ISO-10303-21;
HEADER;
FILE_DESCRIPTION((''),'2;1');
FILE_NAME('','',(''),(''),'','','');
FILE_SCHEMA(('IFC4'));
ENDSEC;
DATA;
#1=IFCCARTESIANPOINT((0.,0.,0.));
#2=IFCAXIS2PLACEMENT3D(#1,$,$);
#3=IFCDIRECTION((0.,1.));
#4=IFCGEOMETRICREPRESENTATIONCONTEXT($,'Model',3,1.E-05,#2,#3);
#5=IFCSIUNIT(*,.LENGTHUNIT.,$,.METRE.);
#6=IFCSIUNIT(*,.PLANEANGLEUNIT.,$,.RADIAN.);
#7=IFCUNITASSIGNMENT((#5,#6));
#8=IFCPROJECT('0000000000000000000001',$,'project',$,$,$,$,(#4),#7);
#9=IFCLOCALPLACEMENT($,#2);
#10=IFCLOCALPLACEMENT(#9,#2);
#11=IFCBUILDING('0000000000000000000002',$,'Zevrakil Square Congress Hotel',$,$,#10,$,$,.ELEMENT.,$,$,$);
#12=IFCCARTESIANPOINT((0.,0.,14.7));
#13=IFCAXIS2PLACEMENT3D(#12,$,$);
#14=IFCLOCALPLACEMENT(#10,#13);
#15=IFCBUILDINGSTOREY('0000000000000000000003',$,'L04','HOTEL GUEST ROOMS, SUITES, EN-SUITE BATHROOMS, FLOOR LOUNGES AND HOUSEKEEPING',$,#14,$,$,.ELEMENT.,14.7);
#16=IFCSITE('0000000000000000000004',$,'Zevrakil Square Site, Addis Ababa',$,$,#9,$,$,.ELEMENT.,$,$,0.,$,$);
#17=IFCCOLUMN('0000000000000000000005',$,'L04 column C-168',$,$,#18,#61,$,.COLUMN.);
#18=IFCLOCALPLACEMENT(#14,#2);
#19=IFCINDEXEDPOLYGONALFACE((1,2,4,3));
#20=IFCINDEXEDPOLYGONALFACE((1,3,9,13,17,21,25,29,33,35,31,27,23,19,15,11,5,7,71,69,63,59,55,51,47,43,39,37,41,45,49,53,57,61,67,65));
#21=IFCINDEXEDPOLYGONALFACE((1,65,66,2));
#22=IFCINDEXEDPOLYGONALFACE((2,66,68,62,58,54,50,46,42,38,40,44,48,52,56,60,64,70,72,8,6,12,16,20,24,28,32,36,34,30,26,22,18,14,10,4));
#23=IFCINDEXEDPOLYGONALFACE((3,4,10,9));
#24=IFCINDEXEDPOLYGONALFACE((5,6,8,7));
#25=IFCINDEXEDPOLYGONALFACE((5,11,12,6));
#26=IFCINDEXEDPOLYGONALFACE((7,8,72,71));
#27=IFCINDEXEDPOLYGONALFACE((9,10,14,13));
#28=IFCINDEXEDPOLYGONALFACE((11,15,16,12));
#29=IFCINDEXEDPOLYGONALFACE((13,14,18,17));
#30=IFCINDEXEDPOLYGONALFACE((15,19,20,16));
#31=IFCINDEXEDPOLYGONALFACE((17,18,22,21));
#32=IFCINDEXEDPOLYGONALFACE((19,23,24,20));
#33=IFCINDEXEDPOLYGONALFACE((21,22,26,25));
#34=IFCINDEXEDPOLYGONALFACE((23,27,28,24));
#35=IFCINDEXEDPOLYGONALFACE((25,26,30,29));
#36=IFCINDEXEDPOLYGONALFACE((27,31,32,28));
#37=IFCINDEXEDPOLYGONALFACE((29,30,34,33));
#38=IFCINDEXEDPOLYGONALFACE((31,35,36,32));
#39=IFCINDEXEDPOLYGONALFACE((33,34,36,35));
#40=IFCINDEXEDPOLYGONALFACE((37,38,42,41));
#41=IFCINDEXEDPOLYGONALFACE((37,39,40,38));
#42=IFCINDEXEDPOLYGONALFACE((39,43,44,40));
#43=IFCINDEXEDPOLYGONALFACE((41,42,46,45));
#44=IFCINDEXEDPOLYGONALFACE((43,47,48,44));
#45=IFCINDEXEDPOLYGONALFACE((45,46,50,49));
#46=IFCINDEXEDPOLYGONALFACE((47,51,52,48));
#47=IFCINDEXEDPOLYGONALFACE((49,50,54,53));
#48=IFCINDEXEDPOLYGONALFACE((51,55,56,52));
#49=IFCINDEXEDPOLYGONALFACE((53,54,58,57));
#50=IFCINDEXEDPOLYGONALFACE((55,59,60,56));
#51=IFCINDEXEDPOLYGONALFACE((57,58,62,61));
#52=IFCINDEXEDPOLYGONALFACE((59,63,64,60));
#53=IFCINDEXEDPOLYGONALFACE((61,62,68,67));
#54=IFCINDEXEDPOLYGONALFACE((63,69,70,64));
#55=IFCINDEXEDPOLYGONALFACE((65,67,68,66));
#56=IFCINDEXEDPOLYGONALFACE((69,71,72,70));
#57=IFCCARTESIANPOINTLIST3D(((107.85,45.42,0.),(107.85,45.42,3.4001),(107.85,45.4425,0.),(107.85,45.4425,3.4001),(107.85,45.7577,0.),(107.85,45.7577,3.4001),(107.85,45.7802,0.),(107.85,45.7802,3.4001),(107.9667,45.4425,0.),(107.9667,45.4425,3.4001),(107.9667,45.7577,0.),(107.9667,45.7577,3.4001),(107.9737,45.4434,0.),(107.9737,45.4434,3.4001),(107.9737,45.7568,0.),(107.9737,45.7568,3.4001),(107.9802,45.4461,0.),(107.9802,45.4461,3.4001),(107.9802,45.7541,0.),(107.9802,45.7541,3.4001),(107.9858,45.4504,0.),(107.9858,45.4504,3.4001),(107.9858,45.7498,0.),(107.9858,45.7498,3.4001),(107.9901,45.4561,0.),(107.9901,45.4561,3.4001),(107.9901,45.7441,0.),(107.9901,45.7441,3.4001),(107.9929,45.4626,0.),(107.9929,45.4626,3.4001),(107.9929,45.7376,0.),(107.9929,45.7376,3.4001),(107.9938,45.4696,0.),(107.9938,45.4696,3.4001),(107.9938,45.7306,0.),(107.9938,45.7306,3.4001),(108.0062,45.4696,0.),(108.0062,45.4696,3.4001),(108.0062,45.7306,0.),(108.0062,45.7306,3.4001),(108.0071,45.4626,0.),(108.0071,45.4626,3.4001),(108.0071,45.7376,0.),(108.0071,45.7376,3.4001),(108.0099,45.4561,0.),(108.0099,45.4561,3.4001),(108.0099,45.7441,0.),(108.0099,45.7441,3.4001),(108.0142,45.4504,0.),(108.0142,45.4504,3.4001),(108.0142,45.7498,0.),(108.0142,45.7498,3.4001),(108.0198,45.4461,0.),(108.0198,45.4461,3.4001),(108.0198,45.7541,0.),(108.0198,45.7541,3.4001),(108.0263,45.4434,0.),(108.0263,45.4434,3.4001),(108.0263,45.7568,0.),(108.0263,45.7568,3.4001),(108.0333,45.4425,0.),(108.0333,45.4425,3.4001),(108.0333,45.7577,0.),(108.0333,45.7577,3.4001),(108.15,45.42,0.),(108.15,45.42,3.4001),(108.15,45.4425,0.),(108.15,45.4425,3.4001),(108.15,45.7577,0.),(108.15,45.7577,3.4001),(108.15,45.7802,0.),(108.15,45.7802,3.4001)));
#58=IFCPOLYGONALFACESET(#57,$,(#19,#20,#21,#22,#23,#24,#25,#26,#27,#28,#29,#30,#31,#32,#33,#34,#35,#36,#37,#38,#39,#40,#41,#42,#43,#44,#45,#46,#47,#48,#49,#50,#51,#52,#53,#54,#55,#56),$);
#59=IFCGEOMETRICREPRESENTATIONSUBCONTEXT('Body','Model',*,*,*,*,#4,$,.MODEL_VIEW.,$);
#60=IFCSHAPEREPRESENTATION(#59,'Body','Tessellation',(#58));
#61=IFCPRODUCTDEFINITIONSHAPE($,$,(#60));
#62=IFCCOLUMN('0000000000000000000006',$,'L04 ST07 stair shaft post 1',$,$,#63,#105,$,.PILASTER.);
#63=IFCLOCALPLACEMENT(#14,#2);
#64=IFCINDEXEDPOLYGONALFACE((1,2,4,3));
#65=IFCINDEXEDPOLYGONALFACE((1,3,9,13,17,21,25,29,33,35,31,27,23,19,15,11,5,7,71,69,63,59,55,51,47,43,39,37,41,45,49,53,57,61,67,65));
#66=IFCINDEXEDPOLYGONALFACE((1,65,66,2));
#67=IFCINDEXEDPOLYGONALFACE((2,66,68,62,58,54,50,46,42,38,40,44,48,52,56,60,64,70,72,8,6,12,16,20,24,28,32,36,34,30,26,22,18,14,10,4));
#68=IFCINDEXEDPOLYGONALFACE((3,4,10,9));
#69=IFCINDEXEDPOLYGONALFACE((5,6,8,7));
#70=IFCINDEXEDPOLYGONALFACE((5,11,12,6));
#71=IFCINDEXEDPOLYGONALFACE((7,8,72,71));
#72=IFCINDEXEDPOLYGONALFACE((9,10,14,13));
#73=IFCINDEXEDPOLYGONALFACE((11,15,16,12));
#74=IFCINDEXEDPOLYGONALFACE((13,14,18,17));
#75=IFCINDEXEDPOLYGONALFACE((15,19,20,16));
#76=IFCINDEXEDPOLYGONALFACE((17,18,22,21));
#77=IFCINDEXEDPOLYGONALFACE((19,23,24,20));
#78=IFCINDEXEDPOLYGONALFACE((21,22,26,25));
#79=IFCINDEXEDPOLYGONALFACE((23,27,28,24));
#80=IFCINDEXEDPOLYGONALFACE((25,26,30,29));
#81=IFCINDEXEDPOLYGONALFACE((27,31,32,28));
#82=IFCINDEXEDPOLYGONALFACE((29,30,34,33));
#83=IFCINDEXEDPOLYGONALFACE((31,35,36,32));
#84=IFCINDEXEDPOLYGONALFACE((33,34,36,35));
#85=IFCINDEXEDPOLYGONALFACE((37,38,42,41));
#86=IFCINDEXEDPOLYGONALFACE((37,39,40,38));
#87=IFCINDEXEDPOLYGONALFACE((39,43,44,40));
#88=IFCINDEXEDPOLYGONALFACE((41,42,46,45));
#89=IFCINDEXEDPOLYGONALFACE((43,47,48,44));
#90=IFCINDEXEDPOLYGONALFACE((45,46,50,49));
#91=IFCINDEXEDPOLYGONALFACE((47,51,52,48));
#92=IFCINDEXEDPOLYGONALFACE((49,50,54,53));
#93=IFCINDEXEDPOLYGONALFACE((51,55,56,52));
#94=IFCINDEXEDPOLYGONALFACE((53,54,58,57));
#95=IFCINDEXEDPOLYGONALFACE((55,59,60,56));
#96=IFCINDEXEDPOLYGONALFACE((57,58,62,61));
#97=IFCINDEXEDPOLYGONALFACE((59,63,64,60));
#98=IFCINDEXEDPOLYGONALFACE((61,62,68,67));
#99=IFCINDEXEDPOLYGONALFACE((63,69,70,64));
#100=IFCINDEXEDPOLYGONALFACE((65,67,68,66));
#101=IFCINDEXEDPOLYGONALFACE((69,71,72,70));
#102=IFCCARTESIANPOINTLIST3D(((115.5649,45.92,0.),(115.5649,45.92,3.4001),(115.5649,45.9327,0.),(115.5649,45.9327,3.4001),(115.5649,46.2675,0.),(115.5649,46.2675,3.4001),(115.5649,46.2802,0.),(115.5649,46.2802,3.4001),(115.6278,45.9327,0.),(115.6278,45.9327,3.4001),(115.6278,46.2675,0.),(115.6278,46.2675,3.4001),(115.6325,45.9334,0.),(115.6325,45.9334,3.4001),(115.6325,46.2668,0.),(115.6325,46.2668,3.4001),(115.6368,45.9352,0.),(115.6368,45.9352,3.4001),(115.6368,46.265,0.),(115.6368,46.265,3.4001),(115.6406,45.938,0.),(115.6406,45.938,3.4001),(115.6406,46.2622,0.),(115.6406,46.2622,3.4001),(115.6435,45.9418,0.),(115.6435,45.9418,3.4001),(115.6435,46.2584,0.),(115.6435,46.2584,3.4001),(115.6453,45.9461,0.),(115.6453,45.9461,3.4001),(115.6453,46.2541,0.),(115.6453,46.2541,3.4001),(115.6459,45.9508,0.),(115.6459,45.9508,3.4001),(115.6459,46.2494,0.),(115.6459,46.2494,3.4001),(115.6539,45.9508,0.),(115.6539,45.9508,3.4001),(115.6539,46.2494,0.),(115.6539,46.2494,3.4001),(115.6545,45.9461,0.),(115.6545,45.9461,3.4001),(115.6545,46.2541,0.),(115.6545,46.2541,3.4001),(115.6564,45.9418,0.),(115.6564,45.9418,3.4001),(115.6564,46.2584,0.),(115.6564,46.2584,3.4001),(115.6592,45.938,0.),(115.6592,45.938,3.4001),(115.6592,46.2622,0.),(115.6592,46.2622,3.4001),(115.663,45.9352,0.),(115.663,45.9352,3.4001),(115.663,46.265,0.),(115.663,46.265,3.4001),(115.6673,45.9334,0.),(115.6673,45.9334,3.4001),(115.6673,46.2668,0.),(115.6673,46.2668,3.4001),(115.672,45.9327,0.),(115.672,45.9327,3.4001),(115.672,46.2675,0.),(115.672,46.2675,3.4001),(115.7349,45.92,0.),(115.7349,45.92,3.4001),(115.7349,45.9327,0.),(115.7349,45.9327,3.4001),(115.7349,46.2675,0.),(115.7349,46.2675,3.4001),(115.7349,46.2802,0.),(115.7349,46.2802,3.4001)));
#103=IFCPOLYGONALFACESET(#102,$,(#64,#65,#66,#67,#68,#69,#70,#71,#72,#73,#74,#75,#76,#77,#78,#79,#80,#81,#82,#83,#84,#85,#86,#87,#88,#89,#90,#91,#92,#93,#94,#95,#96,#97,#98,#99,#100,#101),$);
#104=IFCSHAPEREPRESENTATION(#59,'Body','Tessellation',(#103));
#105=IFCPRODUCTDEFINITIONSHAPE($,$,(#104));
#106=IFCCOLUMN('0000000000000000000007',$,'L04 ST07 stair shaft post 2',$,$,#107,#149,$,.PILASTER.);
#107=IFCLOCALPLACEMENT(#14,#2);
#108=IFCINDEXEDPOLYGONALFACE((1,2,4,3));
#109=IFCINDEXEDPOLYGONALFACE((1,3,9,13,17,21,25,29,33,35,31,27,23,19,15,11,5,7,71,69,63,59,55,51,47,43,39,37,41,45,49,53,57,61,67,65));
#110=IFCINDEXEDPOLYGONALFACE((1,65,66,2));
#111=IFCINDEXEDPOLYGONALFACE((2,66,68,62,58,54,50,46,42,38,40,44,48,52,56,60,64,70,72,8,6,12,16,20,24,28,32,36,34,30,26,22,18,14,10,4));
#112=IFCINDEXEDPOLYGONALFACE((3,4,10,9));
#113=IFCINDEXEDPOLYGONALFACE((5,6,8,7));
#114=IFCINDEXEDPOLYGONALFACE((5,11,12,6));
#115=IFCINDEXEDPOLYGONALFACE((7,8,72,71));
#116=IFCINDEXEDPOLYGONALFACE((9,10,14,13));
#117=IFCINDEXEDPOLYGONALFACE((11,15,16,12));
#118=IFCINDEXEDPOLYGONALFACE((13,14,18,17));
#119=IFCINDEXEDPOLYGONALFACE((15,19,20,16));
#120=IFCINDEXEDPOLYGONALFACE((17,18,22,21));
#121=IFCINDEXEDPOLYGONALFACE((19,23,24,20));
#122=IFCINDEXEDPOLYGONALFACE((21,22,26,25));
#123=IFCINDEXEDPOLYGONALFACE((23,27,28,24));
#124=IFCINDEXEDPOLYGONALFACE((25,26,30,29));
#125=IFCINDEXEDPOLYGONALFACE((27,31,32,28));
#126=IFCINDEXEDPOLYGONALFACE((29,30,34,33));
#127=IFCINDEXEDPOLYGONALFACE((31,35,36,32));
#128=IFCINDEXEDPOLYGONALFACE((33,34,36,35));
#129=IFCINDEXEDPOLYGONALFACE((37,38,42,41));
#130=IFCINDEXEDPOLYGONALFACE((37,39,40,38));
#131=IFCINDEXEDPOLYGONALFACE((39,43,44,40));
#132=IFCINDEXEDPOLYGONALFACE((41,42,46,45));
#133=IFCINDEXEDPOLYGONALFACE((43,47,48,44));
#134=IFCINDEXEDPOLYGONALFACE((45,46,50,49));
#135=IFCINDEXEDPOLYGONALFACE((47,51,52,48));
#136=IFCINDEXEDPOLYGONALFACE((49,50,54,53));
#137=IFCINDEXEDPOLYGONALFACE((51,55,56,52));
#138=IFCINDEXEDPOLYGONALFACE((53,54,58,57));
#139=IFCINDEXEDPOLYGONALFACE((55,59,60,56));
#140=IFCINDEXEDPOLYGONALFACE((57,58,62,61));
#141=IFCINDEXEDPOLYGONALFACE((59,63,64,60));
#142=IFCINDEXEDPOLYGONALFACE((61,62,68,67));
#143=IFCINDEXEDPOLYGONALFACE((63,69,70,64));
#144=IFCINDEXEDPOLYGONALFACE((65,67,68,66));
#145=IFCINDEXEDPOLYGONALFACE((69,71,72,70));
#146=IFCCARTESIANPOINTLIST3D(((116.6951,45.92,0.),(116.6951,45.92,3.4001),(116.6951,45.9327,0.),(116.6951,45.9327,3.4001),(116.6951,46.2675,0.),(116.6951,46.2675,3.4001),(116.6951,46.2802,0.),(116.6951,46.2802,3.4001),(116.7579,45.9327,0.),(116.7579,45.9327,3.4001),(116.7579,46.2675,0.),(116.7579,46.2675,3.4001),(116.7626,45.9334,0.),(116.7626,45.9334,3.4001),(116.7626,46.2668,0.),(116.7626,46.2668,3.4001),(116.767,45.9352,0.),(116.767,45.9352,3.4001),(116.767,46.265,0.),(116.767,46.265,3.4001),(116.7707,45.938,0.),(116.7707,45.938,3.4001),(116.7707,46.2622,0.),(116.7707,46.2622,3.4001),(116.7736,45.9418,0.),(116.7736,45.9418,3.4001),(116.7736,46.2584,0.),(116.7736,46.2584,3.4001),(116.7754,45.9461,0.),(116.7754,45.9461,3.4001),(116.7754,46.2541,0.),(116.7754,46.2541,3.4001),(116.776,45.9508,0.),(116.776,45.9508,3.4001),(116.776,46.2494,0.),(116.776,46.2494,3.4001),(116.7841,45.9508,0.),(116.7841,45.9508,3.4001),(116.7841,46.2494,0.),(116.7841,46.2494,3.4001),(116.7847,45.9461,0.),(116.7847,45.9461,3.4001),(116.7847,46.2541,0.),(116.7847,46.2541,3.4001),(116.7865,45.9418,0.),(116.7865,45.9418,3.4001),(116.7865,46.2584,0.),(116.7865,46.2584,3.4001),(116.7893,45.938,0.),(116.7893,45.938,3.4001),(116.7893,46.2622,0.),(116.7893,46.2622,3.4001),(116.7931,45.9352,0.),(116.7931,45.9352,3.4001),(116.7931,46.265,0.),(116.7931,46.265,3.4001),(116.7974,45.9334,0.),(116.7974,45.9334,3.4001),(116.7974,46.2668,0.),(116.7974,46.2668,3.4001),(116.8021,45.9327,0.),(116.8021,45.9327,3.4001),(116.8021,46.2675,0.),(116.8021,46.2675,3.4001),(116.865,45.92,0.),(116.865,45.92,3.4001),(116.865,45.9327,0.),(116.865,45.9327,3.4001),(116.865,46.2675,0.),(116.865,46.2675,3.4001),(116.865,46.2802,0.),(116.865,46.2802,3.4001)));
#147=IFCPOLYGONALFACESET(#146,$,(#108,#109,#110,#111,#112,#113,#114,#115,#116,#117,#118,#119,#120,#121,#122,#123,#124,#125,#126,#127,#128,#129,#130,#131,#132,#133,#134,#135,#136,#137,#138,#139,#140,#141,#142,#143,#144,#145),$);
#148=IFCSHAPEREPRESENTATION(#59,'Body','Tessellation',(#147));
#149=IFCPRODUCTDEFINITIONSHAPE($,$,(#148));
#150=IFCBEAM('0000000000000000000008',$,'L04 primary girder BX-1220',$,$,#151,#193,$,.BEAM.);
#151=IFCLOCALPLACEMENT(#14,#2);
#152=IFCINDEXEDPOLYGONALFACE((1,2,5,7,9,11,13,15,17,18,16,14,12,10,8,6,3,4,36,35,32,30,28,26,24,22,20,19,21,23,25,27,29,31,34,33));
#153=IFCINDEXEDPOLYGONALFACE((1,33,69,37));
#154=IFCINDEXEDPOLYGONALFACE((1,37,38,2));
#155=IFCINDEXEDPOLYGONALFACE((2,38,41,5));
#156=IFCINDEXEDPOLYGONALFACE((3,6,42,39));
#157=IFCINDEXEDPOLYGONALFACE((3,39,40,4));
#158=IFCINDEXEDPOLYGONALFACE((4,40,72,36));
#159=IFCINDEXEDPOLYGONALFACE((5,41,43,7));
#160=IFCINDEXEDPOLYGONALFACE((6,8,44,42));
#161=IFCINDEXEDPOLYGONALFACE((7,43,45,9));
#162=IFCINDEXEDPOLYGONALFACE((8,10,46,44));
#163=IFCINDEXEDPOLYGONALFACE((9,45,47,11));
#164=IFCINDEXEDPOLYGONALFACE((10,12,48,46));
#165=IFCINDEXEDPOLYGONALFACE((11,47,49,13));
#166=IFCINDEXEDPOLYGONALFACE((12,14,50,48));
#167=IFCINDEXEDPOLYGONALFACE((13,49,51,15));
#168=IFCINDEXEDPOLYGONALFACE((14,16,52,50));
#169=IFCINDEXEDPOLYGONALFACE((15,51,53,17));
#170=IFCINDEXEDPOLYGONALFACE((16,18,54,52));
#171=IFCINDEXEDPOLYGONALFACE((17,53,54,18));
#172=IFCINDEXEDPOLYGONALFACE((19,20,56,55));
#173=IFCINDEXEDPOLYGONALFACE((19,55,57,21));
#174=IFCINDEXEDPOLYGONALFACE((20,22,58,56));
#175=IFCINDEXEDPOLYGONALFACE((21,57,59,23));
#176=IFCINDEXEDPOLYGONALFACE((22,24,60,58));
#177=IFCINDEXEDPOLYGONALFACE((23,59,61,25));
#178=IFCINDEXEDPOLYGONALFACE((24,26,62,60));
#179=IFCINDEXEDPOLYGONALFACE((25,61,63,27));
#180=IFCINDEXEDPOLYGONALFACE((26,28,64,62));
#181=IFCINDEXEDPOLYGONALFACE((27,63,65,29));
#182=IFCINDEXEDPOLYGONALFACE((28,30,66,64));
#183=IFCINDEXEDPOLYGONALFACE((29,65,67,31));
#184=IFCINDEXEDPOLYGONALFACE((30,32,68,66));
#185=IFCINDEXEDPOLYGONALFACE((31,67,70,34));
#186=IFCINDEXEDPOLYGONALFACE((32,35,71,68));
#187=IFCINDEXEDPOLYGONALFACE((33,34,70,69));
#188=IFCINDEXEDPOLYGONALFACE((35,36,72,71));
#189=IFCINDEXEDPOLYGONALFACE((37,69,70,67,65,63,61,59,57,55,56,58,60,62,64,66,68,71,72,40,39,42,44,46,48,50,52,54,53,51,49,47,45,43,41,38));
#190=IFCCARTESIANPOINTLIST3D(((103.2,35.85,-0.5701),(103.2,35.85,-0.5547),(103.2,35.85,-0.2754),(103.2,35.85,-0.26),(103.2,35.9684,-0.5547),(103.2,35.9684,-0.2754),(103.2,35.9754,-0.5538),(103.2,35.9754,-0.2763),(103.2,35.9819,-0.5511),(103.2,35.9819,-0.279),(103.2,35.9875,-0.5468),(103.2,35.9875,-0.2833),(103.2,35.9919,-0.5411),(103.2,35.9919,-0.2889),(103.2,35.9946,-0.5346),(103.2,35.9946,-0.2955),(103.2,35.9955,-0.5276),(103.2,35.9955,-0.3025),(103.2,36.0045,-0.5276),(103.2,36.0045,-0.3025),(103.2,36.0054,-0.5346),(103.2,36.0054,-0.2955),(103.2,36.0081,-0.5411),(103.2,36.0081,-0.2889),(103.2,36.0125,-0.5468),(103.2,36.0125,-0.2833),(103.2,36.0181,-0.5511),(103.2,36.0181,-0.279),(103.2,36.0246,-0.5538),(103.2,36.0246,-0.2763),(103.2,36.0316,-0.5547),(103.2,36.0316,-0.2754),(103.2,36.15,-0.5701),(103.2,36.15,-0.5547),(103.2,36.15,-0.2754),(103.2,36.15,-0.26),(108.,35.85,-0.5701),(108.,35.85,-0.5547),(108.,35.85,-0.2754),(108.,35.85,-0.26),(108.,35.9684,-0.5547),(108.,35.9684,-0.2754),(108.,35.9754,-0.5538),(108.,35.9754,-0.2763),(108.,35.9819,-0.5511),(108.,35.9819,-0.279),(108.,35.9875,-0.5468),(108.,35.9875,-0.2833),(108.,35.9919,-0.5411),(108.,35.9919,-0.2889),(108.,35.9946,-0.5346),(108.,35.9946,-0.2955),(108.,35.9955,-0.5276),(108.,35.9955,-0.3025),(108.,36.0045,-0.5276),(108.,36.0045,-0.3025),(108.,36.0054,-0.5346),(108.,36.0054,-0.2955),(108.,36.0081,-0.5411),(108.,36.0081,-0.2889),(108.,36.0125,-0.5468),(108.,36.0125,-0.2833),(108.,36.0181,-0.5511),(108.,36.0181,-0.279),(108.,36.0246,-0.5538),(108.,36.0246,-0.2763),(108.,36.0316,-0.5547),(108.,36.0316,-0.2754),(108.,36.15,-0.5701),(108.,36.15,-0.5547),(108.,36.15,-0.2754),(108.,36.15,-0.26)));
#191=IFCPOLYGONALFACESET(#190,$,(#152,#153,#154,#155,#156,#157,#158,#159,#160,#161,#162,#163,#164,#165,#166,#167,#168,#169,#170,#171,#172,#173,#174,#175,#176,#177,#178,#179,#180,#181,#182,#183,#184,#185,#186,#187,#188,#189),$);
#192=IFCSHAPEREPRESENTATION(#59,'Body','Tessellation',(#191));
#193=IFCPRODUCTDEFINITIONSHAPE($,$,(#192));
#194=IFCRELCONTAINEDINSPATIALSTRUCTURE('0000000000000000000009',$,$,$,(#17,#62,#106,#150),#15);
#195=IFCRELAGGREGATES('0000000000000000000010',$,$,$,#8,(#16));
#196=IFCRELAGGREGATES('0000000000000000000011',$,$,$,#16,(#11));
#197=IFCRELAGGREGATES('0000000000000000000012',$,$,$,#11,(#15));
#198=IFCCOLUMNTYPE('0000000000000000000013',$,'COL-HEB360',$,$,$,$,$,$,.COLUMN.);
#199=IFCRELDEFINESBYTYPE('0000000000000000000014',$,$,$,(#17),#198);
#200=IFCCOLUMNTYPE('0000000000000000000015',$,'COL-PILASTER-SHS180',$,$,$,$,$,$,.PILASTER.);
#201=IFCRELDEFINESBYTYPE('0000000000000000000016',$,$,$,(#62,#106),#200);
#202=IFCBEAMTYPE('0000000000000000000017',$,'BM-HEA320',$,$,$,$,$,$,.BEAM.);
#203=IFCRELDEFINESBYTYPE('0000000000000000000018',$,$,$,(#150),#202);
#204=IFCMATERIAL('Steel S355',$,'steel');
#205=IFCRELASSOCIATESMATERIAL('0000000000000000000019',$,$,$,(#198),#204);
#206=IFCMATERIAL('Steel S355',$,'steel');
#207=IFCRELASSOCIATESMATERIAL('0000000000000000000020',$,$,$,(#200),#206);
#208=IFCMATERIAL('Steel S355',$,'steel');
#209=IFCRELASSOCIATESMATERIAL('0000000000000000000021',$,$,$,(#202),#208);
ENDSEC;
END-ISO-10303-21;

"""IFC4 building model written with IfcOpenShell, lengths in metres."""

from ifc_helpers import new_model, si_unit, direction, frame, origin, origin_2d, place, context, subcontext, project, spatial, i_section, extrude, material, material_profile, profile_set, type_object, element, save


model = new_model("IFC4")

# Units and contexts
model_context = context("Model", 3, precision=1e-05, world=origin(), true_north=direction((0.0, 1.0)))
body_context = subcontext(model_context, "Body", "Model", "MODEL_VIEW")
ifc_project = project(units=[si_unit("LENGTHUNIT", "METRE"), si_unit("PLANEANGLEUNIT", "RADIAN")], contexts=[model_context])

# Site, building, storey
site_placement = place(None, origin())
site = spatial("IfcSite", under=ifc_project, at=site_placement, Name="Zevrakil Square Site, Addis Ababa", CompositionType="ELEMENT", RefElevation=0.0)
building_placement = place(site_placement, origin())
building = spatial("IfcBuilding", under=site, at=building_placement, Name="Zevrakil Square Congress Hotel", CompositionType="ELEMENT")
storey_placement = place(building_placement, frame((0.0, 0.0, 14.7)))
storey = spatial("IfcBuildingStorey", under=building, at=storey_placement, Name="L04", Description="HOTEL GUEST ROOMS, SUITES, EN-SUITE BATHROOMS, FLOOR LOUNGES AND HOUSEKEEPING", CompositionType="ELEMENT", Elevation=14.7)

# Columns
ifc_material_1 = material(Name="Steel S355", Category="steel")
ifc_material_profile_1 = material_profile(ifc_material_1, i_section(OverallWidth=0.3, OverallDepth=0.3601, WebThickness=0.0125, FlangeThickness=0.0225, FilletRadius=0.0271, at=origin_2d()), Name="HEB 360")
ifc_profile_set_1 = profile_set([ifc_material_profile_1], Name="Steel S355")
column_type_1 = type_object("IfcColumnType", Name="COL-HEB360", PredefinedType="COLUMN", material=ifc_profile_set_1)
column_placement = place(storey_placement, frame((108.0, 45.6001, 0.0), z_axis=(0.0, 0.0, 1.0), x_axis=(1.0, 0.0, 0.0)))
element("IfcColumn", 1, at=column_placement, inside=storey, type_object=column_type_1, Name="L04 column C-168", PredefinedType="COLUMN", context=body_context, shape_type="SweptSolid", body=[
    extrude(i_section(OverallWidth=0.3, OverallDepth=0.3601, WebThickness=0.0125, FlangeThickness=0.0225, FilletRadius=0.0271, at=origin_2d()), origin(), (0.0, 0.0, 1.0), 3.4001),
])
ifc_material_2 = material(Name="Steel S355", Category="steel")
ifc_material_profile_2 = material_profile(ifc_material_2, i_section(OverallWidth=0.1699, OverallDepth=0.3601, WebThickness=0.0081, FlangeThickness=0.0127, FilletRadius=0.0181, at=origin_2d()), Name="IPE 360")
ifc_profile_set_2 = profile_set([ifc_material_profile_2], Name="Steel S355")
column_type_2 = type_object("IfcColumnType", Name="COL-PILASTER-SHS180", PredefinedType="PILASTER", material=ifc_profile_set_2)
for number, where, z_axis, x_axis, name in (
    (2, (115.6499, 46.1001, 0.0), (0.0, 0.0, 1.0), (1.0, 0.0, 0.0), "L04 ST07 stair shaft post 1"),
    (3, (116.78, 46.1001, 0.0), (0.0, 0.0, 1.0), (1.0, 0.0, 0.0), "L04 ST07 stair shaft post 2"),
):
    element("IfcColumn", number, at=place(storey_placement, frame(where, z_axis=z_axis, x_axis=x_axis)), inside=storey, type_object=column_type_2, Name=name, PredefinedType="PILASTER", context=body_context, shape_type="SweptSolid", body=[
        extrude(i_section(OverallWidth=0.1699, OverallDepth=0.3601, WebThickness=0.0081, FlangeThickness=0.0127, FilletRadius=0.0181, at=origin_2d()), origin(), (0.0, 0.0, 1.0), 3.4001),
    ])

# Beam
ifc_material_3 = material(Name="Steel S355", Category="steel")
ifc_material_profile_3 = material_profile(ifc_material_3, i_section(OverallWidth=0.3, OverallDepth=0.3101, WebThickness=0.009, FlangeThickness=0.0154, FilletRadius=0.0271, at=origin_2d()), Name="HEA 320")
ifc_profile_set_3 = profile_set([ifc_material_profile_3], Name="Steel S355")
beam_type_1 = type_object("IfcBeamType", Name="BM-HEA320", PredefinedType="BEAM", material=ifc_profile_set_3)
for number, where, z_axis, x_axis, name in (
    (4, (103.2, 36.0, -0.415), (1.0, 0.0, 0.0), (0.0, 1.0, 0.0), "L04 primary girder BX-1220"),
):
    element("IfcBeam", number, at=place(storey_placement, frame(where, z_axis=z_axis, x_axis=x_axis)), inside=storey, type_object=beam_type_1, Name=name, PredefinedType="BEAM", context=body_context, shape_type="SweptSolid", body=[
        extrude(i_section(OverallWidth=0.3, OverallDepth=0.3101, WebThickness=0.009, FlangeThickness=0.0154, FilletRadius=0.0271, at=origin_2d()), origin(), (0.0, 0.0, 1.0), 4.8),
    ])

save(model, "model.ifc")
